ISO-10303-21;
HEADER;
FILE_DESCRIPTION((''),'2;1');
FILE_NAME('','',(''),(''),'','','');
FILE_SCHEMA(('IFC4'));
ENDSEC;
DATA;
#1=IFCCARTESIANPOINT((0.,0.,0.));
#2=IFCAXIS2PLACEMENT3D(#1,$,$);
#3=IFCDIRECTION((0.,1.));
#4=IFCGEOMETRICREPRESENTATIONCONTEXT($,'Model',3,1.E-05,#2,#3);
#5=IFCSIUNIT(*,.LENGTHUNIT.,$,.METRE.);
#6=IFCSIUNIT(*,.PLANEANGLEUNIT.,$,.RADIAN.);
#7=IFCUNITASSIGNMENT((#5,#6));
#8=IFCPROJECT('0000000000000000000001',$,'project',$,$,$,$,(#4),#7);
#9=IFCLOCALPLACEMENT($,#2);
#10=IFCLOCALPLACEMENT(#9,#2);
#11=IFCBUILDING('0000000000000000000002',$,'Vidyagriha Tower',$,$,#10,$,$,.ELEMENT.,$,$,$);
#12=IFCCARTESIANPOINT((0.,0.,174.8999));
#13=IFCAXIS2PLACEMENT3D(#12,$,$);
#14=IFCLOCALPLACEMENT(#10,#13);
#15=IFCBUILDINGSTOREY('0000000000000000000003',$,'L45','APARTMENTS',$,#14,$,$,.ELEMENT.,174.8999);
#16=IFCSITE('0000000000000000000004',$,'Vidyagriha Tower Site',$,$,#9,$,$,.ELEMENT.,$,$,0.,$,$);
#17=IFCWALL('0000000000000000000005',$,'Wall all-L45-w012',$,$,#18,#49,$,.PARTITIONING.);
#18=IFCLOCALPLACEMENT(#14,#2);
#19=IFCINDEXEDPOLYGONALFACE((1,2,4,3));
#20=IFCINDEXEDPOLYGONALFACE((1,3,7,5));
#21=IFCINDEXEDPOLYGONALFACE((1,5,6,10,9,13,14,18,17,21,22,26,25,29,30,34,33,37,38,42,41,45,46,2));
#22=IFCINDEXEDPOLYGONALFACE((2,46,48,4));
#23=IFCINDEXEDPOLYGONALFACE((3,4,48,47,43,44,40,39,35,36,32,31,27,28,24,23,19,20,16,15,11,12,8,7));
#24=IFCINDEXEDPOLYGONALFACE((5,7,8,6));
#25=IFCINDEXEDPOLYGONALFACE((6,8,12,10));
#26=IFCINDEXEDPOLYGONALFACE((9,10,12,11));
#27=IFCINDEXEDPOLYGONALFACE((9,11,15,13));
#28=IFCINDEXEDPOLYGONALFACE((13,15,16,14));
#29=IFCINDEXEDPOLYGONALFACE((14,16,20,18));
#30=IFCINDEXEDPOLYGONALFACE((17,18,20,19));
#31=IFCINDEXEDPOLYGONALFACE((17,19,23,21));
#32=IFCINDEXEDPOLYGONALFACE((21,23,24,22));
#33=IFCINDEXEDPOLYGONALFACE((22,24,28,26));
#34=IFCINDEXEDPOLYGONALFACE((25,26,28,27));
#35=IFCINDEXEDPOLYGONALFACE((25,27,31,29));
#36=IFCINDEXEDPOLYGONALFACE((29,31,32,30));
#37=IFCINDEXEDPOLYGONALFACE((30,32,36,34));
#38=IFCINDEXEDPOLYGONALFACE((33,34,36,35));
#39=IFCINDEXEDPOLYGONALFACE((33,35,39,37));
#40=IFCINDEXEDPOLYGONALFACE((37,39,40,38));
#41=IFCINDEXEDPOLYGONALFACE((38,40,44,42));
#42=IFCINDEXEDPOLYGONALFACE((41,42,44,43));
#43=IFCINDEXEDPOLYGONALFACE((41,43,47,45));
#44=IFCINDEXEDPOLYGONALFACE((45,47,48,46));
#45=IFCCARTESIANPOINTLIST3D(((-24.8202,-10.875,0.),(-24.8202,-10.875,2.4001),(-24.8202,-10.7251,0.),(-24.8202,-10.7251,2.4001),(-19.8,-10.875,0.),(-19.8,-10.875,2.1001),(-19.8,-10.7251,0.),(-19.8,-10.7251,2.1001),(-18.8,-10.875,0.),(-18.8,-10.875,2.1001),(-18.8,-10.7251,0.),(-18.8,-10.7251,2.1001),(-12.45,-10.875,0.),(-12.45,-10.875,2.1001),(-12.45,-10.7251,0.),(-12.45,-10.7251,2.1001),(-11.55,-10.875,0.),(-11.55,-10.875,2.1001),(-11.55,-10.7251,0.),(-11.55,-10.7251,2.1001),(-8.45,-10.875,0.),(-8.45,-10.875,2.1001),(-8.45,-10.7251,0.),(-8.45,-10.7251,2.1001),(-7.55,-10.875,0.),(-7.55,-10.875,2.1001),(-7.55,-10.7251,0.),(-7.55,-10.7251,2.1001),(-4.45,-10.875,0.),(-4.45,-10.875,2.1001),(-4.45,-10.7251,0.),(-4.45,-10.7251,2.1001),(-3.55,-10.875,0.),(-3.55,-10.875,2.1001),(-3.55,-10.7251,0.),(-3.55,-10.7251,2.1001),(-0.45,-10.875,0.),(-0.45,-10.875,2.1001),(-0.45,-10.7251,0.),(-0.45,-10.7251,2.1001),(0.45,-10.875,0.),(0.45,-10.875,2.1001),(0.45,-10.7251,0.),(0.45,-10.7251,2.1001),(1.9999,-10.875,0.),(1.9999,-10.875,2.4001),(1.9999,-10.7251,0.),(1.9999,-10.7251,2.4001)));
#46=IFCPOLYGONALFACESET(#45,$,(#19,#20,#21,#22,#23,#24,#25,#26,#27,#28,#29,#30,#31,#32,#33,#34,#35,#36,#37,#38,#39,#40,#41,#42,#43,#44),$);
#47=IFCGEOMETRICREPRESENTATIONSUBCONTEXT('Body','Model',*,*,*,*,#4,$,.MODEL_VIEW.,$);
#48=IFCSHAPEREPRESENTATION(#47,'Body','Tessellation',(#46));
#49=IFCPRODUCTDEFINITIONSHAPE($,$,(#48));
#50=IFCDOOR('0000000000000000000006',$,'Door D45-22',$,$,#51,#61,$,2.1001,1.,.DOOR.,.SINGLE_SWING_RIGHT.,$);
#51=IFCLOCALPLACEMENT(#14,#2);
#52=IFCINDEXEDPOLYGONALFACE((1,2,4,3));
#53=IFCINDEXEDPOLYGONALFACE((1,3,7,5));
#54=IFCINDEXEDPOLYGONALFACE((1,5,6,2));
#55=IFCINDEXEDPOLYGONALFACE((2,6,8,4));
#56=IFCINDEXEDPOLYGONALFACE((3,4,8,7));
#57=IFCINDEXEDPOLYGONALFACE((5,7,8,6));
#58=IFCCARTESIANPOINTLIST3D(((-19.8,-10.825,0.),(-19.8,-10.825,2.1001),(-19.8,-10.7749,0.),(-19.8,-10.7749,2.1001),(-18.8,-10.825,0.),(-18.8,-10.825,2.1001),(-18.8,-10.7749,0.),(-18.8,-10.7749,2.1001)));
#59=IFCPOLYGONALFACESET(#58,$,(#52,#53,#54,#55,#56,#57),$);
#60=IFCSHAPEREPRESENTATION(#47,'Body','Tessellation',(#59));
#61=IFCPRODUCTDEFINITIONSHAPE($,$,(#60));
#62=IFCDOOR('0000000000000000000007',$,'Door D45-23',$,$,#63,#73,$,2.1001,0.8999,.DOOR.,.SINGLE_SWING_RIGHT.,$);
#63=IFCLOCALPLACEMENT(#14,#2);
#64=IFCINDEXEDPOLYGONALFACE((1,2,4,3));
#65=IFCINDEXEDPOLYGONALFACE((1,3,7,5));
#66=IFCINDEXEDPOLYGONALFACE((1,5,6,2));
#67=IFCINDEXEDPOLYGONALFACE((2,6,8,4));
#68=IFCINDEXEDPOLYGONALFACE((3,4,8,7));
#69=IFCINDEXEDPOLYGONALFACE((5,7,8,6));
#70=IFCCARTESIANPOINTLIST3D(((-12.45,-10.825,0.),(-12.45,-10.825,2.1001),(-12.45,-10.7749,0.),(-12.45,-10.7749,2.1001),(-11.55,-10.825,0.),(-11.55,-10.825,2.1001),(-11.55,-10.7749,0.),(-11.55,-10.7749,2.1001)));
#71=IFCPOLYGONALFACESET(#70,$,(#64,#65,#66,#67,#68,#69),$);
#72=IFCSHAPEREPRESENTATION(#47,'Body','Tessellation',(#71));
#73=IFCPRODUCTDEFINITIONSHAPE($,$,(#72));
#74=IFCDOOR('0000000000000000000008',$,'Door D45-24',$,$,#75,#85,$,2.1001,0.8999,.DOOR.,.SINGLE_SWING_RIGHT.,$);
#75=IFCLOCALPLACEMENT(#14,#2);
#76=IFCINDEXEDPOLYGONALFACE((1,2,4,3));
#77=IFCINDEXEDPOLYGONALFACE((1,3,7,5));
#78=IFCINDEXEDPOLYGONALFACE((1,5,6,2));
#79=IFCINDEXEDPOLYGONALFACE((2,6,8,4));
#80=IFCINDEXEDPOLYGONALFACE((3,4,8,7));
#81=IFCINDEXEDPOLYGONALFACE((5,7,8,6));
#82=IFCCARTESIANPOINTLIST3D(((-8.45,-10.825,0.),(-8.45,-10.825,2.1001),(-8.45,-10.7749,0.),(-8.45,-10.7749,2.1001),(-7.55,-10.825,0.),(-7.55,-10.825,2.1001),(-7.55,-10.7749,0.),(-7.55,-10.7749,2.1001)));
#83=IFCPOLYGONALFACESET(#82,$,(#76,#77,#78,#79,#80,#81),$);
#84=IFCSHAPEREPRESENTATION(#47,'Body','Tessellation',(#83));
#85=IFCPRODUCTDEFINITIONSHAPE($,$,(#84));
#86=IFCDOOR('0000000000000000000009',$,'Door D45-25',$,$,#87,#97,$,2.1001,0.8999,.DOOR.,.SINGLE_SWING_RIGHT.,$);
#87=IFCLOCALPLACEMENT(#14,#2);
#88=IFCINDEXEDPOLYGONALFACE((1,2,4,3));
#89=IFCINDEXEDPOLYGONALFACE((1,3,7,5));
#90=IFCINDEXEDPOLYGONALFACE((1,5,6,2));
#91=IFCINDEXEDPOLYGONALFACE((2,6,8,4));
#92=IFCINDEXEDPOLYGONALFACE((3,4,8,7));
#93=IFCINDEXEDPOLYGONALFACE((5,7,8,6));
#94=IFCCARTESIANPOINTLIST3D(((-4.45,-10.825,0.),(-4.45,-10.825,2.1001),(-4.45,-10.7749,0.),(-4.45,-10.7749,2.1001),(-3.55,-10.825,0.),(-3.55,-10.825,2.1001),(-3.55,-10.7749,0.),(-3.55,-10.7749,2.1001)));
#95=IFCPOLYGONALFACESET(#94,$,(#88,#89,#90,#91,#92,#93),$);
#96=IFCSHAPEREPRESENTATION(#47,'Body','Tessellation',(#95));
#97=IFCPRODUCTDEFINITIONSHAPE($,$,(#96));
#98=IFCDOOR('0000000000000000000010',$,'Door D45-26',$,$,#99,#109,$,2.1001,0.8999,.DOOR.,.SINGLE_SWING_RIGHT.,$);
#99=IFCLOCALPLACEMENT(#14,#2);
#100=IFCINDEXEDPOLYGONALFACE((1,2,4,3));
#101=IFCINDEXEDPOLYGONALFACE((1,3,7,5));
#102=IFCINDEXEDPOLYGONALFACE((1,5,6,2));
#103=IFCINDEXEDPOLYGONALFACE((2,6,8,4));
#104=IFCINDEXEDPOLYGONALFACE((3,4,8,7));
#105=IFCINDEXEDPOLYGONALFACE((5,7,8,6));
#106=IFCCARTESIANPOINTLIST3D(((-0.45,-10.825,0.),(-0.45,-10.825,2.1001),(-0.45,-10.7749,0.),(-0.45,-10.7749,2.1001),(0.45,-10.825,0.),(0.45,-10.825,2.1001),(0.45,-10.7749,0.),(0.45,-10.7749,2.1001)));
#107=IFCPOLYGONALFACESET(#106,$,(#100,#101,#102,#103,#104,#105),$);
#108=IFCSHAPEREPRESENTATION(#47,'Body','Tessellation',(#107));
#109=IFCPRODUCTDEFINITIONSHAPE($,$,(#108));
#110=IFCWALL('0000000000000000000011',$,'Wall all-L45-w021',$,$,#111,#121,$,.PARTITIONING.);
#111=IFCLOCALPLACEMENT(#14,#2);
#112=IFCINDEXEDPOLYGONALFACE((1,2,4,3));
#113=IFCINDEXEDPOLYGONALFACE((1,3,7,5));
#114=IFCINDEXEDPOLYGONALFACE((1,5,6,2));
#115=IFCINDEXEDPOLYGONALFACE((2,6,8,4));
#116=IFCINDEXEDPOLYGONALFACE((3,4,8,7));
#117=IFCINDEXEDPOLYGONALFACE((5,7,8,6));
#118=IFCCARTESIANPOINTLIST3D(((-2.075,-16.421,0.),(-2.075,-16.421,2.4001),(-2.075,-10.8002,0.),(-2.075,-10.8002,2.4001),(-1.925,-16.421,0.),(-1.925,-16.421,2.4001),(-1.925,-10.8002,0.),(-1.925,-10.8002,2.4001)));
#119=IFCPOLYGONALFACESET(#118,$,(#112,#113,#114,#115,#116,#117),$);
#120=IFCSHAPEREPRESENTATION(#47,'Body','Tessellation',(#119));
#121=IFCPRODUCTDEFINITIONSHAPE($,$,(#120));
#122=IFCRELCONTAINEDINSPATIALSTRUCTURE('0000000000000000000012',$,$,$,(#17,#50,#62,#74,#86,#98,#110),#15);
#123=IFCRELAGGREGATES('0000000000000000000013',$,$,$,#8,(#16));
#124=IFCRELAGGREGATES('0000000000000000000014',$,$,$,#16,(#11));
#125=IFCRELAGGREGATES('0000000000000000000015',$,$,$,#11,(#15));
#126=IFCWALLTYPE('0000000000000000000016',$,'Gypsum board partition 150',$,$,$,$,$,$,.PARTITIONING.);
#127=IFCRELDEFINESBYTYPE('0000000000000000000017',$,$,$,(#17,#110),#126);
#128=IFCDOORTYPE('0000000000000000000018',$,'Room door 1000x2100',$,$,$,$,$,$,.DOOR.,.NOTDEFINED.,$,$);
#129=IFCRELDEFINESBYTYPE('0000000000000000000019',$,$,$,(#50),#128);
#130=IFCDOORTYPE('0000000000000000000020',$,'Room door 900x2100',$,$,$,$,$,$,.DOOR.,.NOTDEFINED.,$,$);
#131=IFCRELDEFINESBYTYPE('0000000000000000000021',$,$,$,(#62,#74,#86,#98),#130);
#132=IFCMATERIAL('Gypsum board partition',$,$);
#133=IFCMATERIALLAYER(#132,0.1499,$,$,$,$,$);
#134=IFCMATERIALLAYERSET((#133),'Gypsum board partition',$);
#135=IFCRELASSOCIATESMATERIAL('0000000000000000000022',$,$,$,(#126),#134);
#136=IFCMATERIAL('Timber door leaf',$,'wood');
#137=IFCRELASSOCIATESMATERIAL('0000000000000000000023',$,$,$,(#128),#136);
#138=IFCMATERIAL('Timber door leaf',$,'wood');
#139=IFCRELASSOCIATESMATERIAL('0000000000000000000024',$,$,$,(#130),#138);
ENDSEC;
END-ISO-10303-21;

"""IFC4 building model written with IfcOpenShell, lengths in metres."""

from ifc_helpers import new_model, si_unit, direction, frame, frame_2d, origin, place, context, subcontext, project, spatial, rectangle, extrude, material, layer, layer_set, type_object, element, fill, save


model = new_model("IFC4")

# Units and contexts
model_context = context("Model", 3, precision=1e-05, world=origin(), true_north=direction((0.0, 1.0)))
body_context = subcontext(model_context, "Body", "Model", "MODEL_VIEW")
ifc_project = project(units=[si_unit("LENGTHUNIT", "METRE"), si_unit("PLANEANGLEUNIT", "RADIAN")], contexts=[model_context])

# Site, building, storey
site_placement = place(None, origin())
site = spatial("IfcSite", under=ifc_project, at=site_placement, Name="Vidyagriha Tower Site", CompositionType="ELEMENT", RefElevation=0.0)
building_placement = place(site_placement, origin())
building = spatial("IfcBuilding", under=site, at=building_placement, Name="Vidyagriha Tower", CompositionType="ELEMENT")
storey_placement = place(building_placement, frame((0.0, 0.0, 174.8999)))
storey = spatial("IfcBuildingStorey", under=building, at=storey_placement, Name="L45", Description="APARTMENTS", CompositionType="ELEMENT", Elevation=174.8999)

# Shared definitions
ifc_material_1 = material(Name="Gypsum board partition")
ifc_layer_1 = layer(ifc_material_1, 0.1499)
ifc_layer_set_1 = layer_set([ifc_layer_1], Name="Gypsum board partition")
wall_type_1 = type_object("IfcWallType", Name="Gypsum board partition 150", PredefinedType="PARTITIONING", material=ifc_layer_set_1)

# Wall, openings, doors
wall_1_placement = place(storey_placement, frame((2.0, -10.8, 0.0), z_axis=(0.0, 0.0, 1.0), x_axis=(-1.0, 0.0, 0.0)))
wall_1 = element("IfcWall", 1, at=wall_1_placement, inside=storey, type_object=wall_type_1, Name="Wall all-L45-w012", PredefinedType="PARTITIONING", context=body_context, shape_type="SweptSolid", body=[
    extrude(rectangle(XDim=26.8201, YDim=0.1499, at=frame_2d((13.4102, 0.0))), origin(), (0.0, 0.0, 1.0), 2.4001),
])
opening_1_placement = place(wall_1_placement, frame((20.8, 0.0, 0.0)))
opening_1 = element("IfcOpeningElement", 2, at=opening_1_placement, cuts=wall_1, PredefinedType="OPENING", context=body_context, shape_type="SweptSolid", body=[
    extrude(rectangle(XDim=1.0, YDim=2.1001, at=frame_2d((0.5, 1.05))), frame((0.0, 0.085, 0.0), z_axis=(0.0, -1.0, 0.0), x_axis=(1.0, 0.0, 0.0)), (0.0, 0.0, 1.0), 0.1699),
])
opening_2_placement = place(wall_1_placement, frame((13.55, 0.0, 0.0)))
opening_2 = element("IfcOpeningElement", 3, at=opening_2_placement, cuts=wall_1, PredefinedType="OPENING", context=body_context, shape_type="SweptSolid", body=[
    extrude(rectangle(XDim=0.8999, YDim=2.1001, at=frame_2d((0.45, 1.05))), frame((0.0, 0.085, 0.0), z_axis=(0.0, -1.0, 0.0), x_axis=(1.0, 0.0, 0.0)), (0.0, 0.0, 1.0), 0.1699),
])
opening_3_placement = place(wall_1_placement, frame((9.55, 0.0, 0.0)))
opening_3 = element("IfcOpeningElement", 4, at=opening_3_placement, cuts=wall_1, PredefinedType="OPENING", context=body_context, shape_type="SweptSolid", body=[
    extrude(rectangle(XDim=0.8999, YDim=2.1001, at=frame_2d((0.45, 1.05))), frame((0.0, 0.085, 0.0), z_axis=(0.0, -1.0, 0.0), x_axis=(1.0, 0.0, 0.0)), (0.0, 0.0, 1.0), 0.1699),
])
opening_4_placement = place(wall_1_placement, frame((5.55, 0.0, 0.0)))
opening_4 = element("IfcOpeningElement", 5, at=opening_4_placement, cuts=wall_1, PredefinedType="OPENING", context=body_context, shape_type="SweptSolid", body=[
    extrude(rectangle(XDim=0.8999, YDim=2.1001, at=frame_2d((0.45, 1.05))), frame((0.0, 0.085, 0.0), z_axis=(0.0, -1.0, 0.0), x_axis=(1.0, 0.0, 0.0)), (0.0, 0.0, 1.0), 0.1699),
])
opening_5_placement = place(wall_1_placement, frame((1.55, 0.0, 0.0)))
opening_5 = element("IfcOpeningElement", 6, at=opening_5_placement, cuts=wall_1, PredefinedType="OPENING", context=body_context, shape_type="SweptSolid", body=[
    extrude(rectangle(XDim=0.8999, YDim=2.1001, at=frame_2d((0.45, 1.05))), frame((0.0, 0.085, 0.0), z_axis=(0.0, -1.0, 0.0), x_axis=(1.0, 0.0, 0.0)), (0.0, 0.0, 1.0), 0.1699),
])
ifc_material_2 = material(Name="Timber door leaf", Category="wood")
door_type_1 = type_object("IfcDoorType", Name="Room door 1000x2100", OperationType="NOTDEFINED", PredefinedType="DOOR", material=ifc_material_2)
door_1_placement = place(opening_1_placement, origin())
door_1 = element("IfcDoor", 7, at=door_1_placement, inside=storey, type_object=door_type_1, Name="Door D45-22", OperationType="SINGLE_SWING_RIGHT", OverallHeight=2.1001, OverallWidth=1.0, PredefinedType="DOOR", context=body_context, shape_type="SweptSolid", body=[
    extrude(rectangle(XDim=1.0, YDim=2.1001, at=frame_2d((0.5, 1.05))), frame((0.0, 0.0249, 0.0), z_axis=(0.0, -1.0, 0.0), x_axis=(1.0, 0.0, 0.0)), (0.0, 0.0, 1.0), 0.05),
])
fill(opening_1, door_1)
ifc_material_3 = material(Name="Timber door leaf", Category="wood")
door_type_2 = type_object("IfcDoorType", Name="Room door 900x2100", OperationType="NOTDEFINED", PredefinedType="DOOR", material=ifc_material_3)
door_2_placement = place(opening_2_placement, origin())
door_2 = element("IfcDoor", 8, at=door_2_placement, inside=storey, type_object=door_type_2, Name="Door D45-23", OperationType="SINGLE_SWING_RIGHT", OverallHeight=2.1001, OverallWidth=0.8999, PredefinedType="DOOR", context=body_context, shape_type="SweptSolid", body=[
    extrude(rectangle(XDim=0.8999, YDim=2.1001, at=frame_2d((0.45, 1.05))), frame((0.0, 0.0249, 0.0), z_axis=(0.0, -1.0, 0.0), x_axis=(1.0, 0.0, 0.0)), (0.0, 0.0, 1.0), 0.05),
])
fill(opening_2, door_2)
door_3_placement = place(opening_3_placement, origin())
door_3 = element("IfcDoor", 9, at=door_3_placement, inside=storey, type_object=door_type_2, Name="Door D45-24", OperationType="SINGLE_SWING_RIGHT", OverallHeight=2.1001, OverallWidth=0.8999, PredefinedType="DOOR", context=body_context, shape_type="SweptSolid", body=[
    extrude(rectangle(XDim=0.8999, YDim=2.1001, at=frame_2d((0.45, 1.05))), frame((0.0, 0.0249, 0.0), z_axis=(0.0, -1.0, 0.0), x_axis=(1.0, 0.0, 0.0)), (0.0, 0.0, 1.0), 0.05),
])
fill(opening_3, door_3)
door_4_placement = place(opening_4_placement, origin())
door_4 = element("IfcDoor", 10, at=door_4_placement, inside=storey, type_object=door_type_2, Name="Door D45-25", OperationType="SINGLE_SWING_RIGHT", OverallHeight=2.1001, OverallWidth=0.8999, PredefinedType="DOOR", context=body_context, shape_type="SweptSolid", body=[
    extrude(rectangle(XDim=0.8999, YDim=2.1001, at=frame_2d((0.45, 1.05))), frame((0.0, 0.0249, 0.0), z_axis=(0.0, -1.0, 0.0), x_axis=(1.0, 0.0, 0.0)), (0.0, 0.0, 1.0), 0.05),
])
fill(opening_4, door_4)
door_5_placement = place(opening_5_placement, origin())
door_5 = element("IfcDoor", 11, at=door_5_placement, inside=storey, type_object=door_type_2, Name="Door D45-26", OperationType="SINGLE_SWING_RIGHT", OverallHeight=2.1001, OverallWidth=0.8999, PredefinedType="DOOR", context=body_context, shape_type="SweptSolid", body=[
    extrude(rectangle(XDim=0.8999, YDim=2.1001, at=frame_2d((0.45, 1.05))), frame((0.0, 0.0249, 0.0), z_axis=(0.0, -1.0, 0.0), x_axis=(1.0, 0.0, 0.0)), (0.0, 0.0, 1.0), 0.05),
])
fill(opening_5, door_5)

# Wall
wall_2_placement = place(storey_placement, frame((-2.0, -10.8, 0.0), z_axis=(0.0, 0.0, 1.0), x_axis=(0.0, -1.0, 0.0)))
element("IfcWall", 12, at=wall_2_placement, inside=storey, type_object=wall_type_1, Name="Wall all-L45-w021", PredefinedType="PARTITIONING", context=body_context, shape_type="SweptSolid", body=[
    extrude(rectangle(XDim=5.6208, YDim=0.1499, at=frame_2d((2.8105, 0.0))), origin(), (0.0, 0.0, 1.0), 2.4001),
])

save(model, "model.ifc")
